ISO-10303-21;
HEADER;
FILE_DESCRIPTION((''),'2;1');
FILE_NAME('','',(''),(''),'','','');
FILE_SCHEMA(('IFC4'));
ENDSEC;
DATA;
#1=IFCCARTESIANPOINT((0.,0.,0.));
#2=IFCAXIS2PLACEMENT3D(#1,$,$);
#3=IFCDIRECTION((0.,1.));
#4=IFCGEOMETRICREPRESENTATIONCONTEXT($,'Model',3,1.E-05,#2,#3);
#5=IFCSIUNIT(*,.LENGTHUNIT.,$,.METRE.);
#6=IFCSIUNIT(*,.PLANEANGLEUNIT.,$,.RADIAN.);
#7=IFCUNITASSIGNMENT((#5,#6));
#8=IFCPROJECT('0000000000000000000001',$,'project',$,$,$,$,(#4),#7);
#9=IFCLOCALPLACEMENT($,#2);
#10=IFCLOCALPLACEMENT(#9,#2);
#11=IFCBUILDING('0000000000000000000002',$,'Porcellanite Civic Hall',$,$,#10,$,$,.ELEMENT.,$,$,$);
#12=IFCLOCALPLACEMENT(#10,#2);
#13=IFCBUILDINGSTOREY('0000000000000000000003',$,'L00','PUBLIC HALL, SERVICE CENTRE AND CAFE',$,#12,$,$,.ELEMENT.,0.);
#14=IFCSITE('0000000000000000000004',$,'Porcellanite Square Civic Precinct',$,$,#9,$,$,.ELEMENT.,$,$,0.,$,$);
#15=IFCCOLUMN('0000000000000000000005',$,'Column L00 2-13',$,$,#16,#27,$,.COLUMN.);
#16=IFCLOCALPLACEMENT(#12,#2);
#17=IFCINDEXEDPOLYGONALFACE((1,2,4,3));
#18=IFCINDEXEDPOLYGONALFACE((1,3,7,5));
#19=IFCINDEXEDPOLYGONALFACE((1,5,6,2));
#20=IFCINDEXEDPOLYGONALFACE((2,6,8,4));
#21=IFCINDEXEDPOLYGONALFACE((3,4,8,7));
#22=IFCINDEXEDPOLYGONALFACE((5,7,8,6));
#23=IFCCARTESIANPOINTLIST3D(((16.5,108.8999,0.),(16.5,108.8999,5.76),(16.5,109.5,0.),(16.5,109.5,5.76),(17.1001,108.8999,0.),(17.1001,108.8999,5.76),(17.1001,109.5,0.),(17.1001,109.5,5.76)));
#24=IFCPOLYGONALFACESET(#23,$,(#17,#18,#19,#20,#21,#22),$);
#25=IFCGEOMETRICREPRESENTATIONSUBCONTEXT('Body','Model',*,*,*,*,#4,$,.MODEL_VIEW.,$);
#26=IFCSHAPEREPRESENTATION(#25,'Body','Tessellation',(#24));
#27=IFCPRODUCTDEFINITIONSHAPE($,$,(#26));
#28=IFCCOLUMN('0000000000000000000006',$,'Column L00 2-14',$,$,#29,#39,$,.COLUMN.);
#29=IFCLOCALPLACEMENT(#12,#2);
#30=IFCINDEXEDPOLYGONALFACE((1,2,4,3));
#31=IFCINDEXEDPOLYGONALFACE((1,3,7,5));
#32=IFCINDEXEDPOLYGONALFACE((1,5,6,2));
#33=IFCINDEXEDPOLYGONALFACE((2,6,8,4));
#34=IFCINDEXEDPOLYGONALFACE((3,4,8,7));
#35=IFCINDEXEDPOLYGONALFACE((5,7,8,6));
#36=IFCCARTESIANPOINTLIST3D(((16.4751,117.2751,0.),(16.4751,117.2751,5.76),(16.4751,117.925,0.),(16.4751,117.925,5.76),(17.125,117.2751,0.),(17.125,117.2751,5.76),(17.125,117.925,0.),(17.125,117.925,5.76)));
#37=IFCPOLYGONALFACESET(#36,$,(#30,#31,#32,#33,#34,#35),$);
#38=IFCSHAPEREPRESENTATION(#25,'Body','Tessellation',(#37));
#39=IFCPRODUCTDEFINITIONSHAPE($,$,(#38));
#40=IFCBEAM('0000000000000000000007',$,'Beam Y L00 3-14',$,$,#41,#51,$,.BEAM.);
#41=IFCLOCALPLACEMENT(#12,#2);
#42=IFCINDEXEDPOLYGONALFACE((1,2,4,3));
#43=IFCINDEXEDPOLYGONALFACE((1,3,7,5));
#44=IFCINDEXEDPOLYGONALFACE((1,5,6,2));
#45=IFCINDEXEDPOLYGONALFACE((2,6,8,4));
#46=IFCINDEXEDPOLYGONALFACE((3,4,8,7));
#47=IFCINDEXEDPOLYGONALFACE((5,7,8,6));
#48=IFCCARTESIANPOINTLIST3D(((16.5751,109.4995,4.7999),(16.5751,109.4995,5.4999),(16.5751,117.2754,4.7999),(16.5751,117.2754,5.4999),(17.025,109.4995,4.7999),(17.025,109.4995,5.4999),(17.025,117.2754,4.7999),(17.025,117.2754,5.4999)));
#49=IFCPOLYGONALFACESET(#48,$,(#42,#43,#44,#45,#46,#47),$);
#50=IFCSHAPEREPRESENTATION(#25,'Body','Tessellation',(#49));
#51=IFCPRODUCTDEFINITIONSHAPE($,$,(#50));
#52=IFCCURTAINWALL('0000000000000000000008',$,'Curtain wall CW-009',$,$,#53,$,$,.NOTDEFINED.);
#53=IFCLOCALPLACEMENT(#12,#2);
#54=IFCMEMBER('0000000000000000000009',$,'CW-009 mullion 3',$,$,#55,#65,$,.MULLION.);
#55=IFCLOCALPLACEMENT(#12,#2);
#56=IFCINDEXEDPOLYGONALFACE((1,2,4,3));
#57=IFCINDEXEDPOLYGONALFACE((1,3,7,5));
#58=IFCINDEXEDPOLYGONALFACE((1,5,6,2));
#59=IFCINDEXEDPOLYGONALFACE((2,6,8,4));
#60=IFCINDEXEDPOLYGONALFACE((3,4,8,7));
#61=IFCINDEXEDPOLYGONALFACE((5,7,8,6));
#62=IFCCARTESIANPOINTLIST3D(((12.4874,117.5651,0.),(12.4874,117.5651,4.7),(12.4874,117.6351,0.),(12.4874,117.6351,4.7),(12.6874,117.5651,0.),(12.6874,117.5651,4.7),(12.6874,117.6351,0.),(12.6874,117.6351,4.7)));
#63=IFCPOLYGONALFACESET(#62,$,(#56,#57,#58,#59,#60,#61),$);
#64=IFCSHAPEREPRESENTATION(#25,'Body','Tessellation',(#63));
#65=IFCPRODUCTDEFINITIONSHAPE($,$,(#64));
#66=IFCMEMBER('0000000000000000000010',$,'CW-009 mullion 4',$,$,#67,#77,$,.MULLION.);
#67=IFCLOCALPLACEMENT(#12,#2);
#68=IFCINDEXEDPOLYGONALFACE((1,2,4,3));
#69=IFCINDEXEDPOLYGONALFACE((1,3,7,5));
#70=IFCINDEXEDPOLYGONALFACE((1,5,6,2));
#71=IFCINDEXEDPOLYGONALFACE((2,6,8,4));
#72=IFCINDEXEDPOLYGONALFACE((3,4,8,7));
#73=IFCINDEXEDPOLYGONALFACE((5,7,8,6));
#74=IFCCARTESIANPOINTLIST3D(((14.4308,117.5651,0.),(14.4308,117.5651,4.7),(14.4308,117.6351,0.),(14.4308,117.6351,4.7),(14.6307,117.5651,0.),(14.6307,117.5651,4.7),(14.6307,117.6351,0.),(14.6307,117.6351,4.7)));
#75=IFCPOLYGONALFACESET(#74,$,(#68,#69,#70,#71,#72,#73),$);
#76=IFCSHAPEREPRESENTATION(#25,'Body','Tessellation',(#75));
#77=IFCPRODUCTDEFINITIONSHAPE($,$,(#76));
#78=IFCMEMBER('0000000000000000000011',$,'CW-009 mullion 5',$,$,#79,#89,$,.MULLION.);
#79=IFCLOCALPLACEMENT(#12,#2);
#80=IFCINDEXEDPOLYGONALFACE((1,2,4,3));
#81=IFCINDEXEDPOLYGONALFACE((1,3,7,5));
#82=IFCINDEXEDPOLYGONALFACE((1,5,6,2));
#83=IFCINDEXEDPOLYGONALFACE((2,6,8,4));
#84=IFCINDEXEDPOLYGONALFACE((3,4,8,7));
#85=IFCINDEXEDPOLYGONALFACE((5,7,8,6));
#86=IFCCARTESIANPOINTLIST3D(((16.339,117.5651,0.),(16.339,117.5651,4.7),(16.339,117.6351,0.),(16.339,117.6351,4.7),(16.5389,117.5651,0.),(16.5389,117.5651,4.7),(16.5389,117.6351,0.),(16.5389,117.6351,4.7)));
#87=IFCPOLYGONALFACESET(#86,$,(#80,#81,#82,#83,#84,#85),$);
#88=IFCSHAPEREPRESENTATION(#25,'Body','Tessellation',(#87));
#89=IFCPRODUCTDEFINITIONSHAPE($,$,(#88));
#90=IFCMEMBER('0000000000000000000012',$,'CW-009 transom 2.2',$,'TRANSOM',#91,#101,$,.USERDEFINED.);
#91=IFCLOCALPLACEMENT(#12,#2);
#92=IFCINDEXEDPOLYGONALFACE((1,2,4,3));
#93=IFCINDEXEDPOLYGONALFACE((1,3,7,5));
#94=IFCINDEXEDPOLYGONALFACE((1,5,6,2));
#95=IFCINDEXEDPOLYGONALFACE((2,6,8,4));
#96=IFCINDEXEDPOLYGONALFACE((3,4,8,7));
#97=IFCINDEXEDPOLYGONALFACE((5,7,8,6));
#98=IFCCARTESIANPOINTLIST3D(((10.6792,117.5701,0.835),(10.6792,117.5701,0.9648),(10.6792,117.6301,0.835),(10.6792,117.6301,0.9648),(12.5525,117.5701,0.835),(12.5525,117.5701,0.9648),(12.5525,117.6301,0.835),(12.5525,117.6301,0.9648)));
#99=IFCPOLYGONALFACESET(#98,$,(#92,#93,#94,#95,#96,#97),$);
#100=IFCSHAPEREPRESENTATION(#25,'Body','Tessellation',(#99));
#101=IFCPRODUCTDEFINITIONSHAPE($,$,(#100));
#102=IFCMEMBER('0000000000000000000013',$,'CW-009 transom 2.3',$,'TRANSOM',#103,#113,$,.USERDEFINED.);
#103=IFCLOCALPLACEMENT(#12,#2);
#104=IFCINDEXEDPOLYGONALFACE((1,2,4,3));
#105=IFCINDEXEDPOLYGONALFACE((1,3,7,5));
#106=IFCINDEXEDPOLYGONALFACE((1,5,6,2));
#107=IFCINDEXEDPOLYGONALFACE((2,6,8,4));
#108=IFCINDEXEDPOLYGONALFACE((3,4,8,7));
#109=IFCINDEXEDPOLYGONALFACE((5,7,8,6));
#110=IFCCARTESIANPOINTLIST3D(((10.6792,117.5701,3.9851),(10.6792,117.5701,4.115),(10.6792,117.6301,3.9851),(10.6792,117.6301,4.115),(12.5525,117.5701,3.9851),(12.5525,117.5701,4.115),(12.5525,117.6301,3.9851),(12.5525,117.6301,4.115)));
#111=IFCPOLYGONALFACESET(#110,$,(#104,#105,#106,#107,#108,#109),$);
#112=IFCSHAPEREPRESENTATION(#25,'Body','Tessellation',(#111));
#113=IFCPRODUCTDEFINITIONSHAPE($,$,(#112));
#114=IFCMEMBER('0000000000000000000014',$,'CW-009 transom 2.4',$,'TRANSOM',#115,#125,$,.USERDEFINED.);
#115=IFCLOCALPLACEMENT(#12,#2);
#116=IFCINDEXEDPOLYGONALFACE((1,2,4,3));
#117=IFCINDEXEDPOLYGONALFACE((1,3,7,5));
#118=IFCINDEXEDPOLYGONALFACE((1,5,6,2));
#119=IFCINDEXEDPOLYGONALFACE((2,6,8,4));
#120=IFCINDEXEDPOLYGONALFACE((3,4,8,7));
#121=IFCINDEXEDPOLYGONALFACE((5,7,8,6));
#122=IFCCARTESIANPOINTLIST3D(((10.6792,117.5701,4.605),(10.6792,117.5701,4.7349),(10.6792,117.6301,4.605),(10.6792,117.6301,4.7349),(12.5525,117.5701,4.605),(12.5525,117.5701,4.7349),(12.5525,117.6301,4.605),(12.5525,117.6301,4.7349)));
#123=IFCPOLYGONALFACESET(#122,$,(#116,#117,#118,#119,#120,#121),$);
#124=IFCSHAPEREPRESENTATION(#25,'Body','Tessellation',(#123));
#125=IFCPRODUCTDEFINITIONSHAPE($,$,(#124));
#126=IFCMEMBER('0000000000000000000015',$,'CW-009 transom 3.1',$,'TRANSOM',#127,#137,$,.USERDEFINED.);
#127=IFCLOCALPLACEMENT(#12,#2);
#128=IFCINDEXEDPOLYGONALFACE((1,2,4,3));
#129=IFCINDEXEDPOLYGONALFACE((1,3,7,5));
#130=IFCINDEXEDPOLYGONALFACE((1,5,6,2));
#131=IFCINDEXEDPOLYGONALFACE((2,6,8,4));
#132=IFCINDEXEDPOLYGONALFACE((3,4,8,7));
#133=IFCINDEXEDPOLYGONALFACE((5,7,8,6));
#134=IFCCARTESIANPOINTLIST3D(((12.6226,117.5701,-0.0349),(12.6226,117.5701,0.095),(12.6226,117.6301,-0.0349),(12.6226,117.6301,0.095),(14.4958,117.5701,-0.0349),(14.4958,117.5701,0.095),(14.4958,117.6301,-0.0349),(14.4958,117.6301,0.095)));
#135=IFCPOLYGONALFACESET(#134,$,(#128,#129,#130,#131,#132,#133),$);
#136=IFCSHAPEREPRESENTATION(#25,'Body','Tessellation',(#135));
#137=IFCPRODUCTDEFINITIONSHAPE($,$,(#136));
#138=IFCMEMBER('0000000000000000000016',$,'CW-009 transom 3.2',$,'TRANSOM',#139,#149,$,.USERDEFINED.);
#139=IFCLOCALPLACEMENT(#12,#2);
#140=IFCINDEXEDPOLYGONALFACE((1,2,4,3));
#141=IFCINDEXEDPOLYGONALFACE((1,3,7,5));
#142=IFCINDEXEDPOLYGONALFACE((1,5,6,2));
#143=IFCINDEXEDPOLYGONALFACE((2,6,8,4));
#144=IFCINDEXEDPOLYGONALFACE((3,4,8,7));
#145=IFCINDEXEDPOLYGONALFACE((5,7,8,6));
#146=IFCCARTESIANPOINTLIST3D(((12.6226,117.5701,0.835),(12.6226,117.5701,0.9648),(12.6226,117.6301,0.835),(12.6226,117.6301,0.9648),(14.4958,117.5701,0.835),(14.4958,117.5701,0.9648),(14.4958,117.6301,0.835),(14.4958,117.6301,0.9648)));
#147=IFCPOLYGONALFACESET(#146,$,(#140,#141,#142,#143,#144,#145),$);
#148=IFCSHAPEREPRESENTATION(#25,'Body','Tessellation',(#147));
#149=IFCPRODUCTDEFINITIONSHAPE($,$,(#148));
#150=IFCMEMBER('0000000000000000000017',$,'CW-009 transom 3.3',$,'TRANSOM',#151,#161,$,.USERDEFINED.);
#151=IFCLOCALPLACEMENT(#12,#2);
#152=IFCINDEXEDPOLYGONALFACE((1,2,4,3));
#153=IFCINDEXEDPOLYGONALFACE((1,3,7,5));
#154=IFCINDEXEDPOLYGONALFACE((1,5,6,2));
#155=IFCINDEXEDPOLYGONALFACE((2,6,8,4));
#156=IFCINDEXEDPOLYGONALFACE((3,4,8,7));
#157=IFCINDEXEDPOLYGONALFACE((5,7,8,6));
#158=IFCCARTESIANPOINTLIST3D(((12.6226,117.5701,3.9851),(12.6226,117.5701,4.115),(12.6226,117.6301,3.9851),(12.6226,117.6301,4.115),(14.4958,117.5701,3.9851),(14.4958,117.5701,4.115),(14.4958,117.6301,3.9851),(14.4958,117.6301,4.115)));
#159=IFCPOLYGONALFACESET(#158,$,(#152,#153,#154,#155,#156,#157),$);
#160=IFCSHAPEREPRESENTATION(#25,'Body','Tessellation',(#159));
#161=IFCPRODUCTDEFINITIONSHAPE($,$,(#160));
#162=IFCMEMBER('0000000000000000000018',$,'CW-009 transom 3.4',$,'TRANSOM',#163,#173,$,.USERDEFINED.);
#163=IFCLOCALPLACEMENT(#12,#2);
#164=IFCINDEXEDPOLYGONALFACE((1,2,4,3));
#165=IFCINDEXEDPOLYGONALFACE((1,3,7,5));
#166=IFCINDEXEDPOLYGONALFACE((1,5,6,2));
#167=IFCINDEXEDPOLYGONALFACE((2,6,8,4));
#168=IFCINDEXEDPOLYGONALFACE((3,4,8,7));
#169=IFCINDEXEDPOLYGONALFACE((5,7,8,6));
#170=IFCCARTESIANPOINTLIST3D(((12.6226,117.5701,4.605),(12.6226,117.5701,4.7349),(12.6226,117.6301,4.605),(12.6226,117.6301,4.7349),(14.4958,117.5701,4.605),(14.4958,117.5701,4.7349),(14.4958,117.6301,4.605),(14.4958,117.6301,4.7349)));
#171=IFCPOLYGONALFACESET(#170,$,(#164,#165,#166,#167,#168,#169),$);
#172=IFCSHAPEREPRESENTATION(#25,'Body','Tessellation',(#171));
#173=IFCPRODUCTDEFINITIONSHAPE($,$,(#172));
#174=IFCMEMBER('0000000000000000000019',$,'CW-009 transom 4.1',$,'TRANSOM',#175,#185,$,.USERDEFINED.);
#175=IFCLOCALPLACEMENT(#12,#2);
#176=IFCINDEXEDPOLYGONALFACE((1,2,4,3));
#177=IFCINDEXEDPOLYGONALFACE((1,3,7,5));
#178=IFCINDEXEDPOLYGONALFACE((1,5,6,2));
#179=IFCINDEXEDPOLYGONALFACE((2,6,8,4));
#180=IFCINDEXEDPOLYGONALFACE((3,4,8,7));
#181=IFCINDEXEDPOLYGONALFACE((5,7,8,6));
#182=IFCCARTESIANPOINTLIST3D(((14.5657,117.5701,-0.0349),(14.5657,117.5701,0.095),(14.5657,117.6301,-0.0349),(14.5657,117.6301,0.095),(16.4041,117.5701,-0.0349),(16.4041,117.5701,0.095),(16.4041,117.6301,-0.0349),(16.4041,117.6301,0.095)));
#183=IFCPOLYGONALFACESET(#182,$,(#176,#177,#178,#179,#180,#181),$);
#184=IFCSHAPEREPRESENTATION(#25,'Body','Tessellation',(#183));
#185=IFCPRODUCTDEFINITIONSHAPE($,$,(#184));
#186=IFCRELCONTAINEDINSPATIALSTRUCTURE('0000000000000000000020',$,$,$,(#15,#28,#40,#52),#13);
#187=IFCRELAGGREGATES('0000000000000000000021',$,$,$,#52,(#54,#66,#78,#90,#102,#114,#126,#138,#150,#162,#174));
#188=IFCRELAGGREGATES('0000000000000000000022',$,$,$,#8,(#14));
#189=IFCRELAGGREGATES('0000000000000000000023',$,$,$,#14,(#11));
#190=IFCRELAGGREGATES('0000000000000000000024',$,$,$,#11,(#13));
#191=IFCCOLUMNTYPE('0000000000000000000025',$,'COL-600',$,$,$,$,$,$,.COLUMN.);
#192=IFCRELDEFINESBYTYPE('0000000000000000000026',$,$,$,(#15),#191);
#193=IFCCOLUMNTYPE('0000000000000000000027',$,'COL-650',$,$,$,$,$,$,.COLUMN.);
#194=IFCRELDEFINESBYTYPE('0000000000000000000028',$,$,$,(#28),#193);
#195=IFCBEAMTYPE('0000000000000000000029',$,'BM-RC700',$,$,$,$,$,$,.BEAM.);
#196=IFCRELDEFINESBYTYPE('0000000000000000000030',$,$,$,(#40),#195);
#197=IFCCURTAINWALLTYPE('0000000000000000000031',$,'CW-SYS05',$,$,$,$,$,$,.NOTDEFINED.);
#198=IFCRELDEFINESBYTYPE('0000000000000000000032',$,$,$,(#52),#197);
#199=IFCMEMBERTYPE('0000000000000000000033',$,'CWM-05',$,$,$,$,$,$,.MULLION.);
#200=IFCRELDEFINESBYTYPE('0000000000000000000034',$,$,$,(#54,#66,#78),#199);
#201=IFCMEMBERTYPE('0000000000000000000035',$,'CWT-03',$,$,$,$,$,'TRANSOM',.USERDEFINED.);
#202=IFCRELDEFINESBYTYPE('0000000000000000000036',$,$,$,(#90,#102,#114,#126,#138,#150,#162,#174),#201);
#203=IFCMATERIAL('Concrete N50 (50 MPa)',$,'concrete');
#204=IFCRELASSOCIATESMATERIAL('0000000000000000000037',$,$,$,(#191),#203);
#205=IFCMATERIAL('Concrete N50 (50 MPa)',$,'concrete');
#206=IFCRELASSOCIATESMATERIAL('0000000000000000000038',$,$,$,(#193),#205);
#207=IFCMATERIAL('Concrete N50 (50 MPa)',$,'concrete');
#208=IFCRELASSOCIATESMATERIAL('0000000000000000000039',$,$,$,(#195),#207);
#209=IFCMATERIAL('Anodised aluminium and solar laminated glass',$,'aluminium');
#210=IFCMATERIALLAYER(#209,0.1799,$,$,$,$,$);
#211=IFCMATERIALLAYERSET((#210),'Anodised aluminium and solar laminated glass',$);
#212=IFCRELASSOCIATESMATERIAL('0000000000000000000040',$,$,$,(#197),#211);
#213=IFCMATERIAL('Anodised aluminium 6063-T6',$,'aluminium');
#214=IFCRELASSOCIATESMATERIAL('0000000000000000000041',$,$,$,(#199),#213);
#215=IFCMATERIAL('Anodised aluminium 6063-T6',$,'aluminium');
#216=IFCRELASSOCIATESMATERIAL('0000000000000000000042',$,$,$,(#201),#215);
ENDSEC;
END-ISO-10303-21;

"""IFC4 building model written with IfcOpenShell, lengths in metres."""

from ifc_helpers import new_model, si_unit, direction, frame, origin, origin_2d, place, context, subcontext, project, spatial, rectangle, extrude, material, layer, layer_set, material_profile, profile_set, type_object, element, aggregate, save


model = new_model("IFC4")

# Units and contexts
model_context = context("Model", 3, precision=1e-05, world=origin(), true_north=direction((0.0, 1.0)))
body_context = subcontext(model_context, "Body", "Model", "MODEL_VIEW")
ifc_project = project(units=[si_unit("LENGTHUNIT", "METRE"), si_unit("PLANEANGLEUNIT", "RADIAN")], contexts=[model_context])

# Site, building, storey
site_placement = place(None, origin())
site = spatial("IfcSite", under=ifc_project, at=site_placement, Name="Porcellanite Square Civic Precinct", CompositionType="ELEMENT", RefElevation=0.0)
building_placement = place(site_placement, origin())
building = spatial("IfcBuilding", under=site, at=building_placement, Name="Porcellanite Civic Hall", CompositionType="ELEMENT")
storey_placement = place(building_placement, origin())
storey = spatial("IfcBuildingStorey", under=building, at=storey_placement, Name="L00", Description="PUBLIC HALL, SERVICE CENTRE AND CAFE", CompositionType="ELEMENT", Elevation=0.0)

# Columns
ifc_material_1 = material(Name="Concrete N50 (50 MPa)", Category="concrete")
ifc_material_profile_1 = material_profile(ifc_material_1, rectangle(XDim=0.6001, YDim=0.6001, at=origin_2d()), Name="RC-600x600")
ifc_profile_set_1 = profile_set([ifc_material_profile_1], Name="Concrete N50 (50 MPa)")
column_type_1 = type_object("IfcColumnType", Name="COL-600", PredefinedType="COLUMN", material=ifc_profile_set_1)
column_1_placement = place(storey_placement, frame((16.8, 109.2, 0.0), z_axis=(0.0, 0.0, 1.0), x_axis=(1.0, 0.0, 0.0)))
element("IfcColumn", 1, at=column_1_placement, inside=storey, type_object=column_type_1, Name="Column L00 2-13", PredefinedType="COLUMN", context=body_context, shape_type="SweptSolid", body=[
    extrude(rectangle(XDim=0.6001, YDim=0.6001, at=origin_2d()), origin(), (0.0, 0.0, 1.0), 5.76),
])
ifc_material_2 = material(Name="Concrete N50 (50 MPa)", Category="concrete")
ifc_material_profile_2 = material_profile(ifc_material_2, rectangle(XDim=0.6499, YDim=0.6499, at=origin_2d()), Name="RC-650x650")
ifc_profile_set_2 = profile_set([ifc_material_profile_2], Name="Concrete N50 (50 MPa)")
column_type_2 = type_object("IfcColumnType", Name="COL-650", PredefinedType="COLUMN", material=ifc_profile_set_2)
column_2_placement = place(storey_placement, frame((16.8, 117.6001, 0.0), z_axis=(0.0, 0.0, 1.0), x_axis=(1.0, 0.0, 0.0)))
element("IfcColumn", 2, at=column_2_placement, inside=storey, type_object=column_type_2, Name="Column L00 2-14", PredefinedType="COLUMN", context=body_context, shape_type="SweptSolid", body=[
    extrude(rectangle(XDim=0.6499, YDim=0.6499, at=origin_2d()), origin(), (0.0, 0.0, 1.0), 5.76),
])

# Beam
ifc_material_3 = material(Name="Concrete N50 (50 MPa)", Category="concrete")
ifc_material_profile_3 = material_profile(ifc_material_3, rectangle(XDim=0.45, YDim=0.7, at=origin_2d()), Name="RC-450x700")
ifc_profile_set_3 = profile_set([ifc_material_profile_3], Name="Concrete N50 (50 MPa)")
beam_type_1 = type_object("IfcBeamType", Name="BM-RC700", PredefinedType="BEAM", material=ifc_profile_set_3)
beam_1_placement = place(storey_placement, frame((16.8, 109.4995, 5.1499), z_axis=(0.0, 1.0, 0.0), x_axis=(-1.0, 0.0, 0.0)))
element("IfcBeam", 3, at=beam_1_placement, inside=storey, type_object=beam_type_1, Name="Beam Y L00 3-14", PredefinedType="BEAM", context=body_context, shape_type="SweptSolid", body=[
    extrude(rectangle(XDim=0.45, YDim=0.7, at=origin_2d()), origin(), (0.0, 0.0, 1.0), 7.7759),
])

# Curtain wall, members
ifc_material_4 = material(Name="Anodised aluminium and solar laminated glass", Category="aluminium")
ifc_layer_1 = layer(ifc_material_4, 0.1799)
ifc_layer_set_1 = layer_set([ifc_layer_1], Name="Anodised aluminium and solar laminated glass")
curtain_wall_type = type_object("IfcCurtainWallType", Name="CW-SYS05", PredefinedType="NOTDEFINED", material=ifc_layer_set_1)
curtain_wall_placement = place(storey_placement, origin())
curtain_wall = element("IfcCurtainWall", 4, at=curtain_wall_placement, inside=storey, type_object=curtain_wall_type, Name="Curtain wall CW-009", PredefinedType="NOTDEFINED")
ifc_material_5 = material(Name="Anodised aluminium 6063-T6", Category="aluminium")
ifc_material_profile_4 = material_profile(ifc_material_5, rectangle(XDim=0.0701, YDim=0.2, at=origin_2d()), Name="AL-70x200")
ifc_profile_set_4 = profile_set([ifc_material_profile_4], Name="Anodised aluminium 6063-T6")
member_type_1 = type_object("IfcMemberType", Name="CWM-05", PredefinedType="MULLION", material=ifc_profile_set_4)
member_1_placement = place(storey_placement, frame((12.5874, 117.6001, 0.0), z_axis=(0.0, 0.0, 1.0), x_axis=(0.0, 1.0, 0.0)))
member_1 = element("IfcMember", 5, at=member_1_placement, type_object=member_type_1, Name="CW-009 mullion 3", PredefinedType="MULLION", context=body_context, shape_type="SweptSolid", body=[
    extrude(rectangle(XDim=0.0701, YDim=0.2, at=origin_2d()), origin(), (0.0, 0.0, 1.0), 4.7),
])
member_2_placement = place(storey_placement, frame((14.5308, 117.6001, 0.0), z_axis=(0.0, 0.0, 1.0), x_axis=(0.0, 1.0, 0.0)))
member_2 = element("IfcMember", 6, at=member_2_placement, type_object=member_type_1, Name="CW-009 mullion 4", PredefinedType="MULLION", context=body_context, shape_type="SweptSolid", body=[
    extrude(rectangle(XDim=0.0701, YDim=0.2, at=origin_2d()), origin(), (0.0, 0.0, 1.0), 4.7),
])
member_3_placement = place(storey_placement, frame((16.439, 117.6001, 0.0), z_axis=(0.0, 0.0, 1.0), x_axis=(0.0, 1.0, 0.0)))
member_3 = element("IfcMember", 7, at=member_3_placement, type_object=member_type_1, Name="CW-009 mullion 5", PredefinedType="MULLION", context=body_context, shape_type="SweptSolid", body=[
    extrude(rectangle(XDim=0.0701, YDim=0.2, at=origin_2d()), origin(), (0.0, 0.0, 1.0), 4.7),
])
ifc_material_6 = material(Name="Anodised aluminium 6063-T6", Category="aluminium")
ifc_material_profile_5 = material_profile(ifc_material_6, rectangle(XDim=0.0601, YDim=0.1299, at=origin_2d()), Name="AL-60x130")
ifc_profile_set_5 = profile_set([ifc_material_profile_5], Name="Anodised aluminium 6063-T6")
member_type_2 = type_object("IfcMemberType", Name="CWT-03", ElementType="TRANSOM", PredefinedType="USERDEFINED", material=ifc_profile_set_5)
member_4_placement = place(storey_placement, frame((10.6792, 117.6001, 0.8999), z_axis=(1.0, 0.0, 0.0), x_axis=(0.0, 1.0, 0.0)))
member_4 = element("IfcMember", 8, at=member_4_placement, type_object=member_type_2, Name="CW-009 transom 2.2", ObjectType="TRANSOM", PredefinedType="USERDEFINED", context=body_context, shape_type="SweptSolid", body=[
    extrude(rectangle(XDim=0.0601, YDim=0.1299, at=origin_2d()), origin(), (0.0, 0.0, 1.0), 1.8733),
])
member_5_placement = place(storey_placement, frame((10.6792, 117.6001, 4.05), z_axis=(1.0, 0.0, 0.0), x_axis=(0.0, 1.0, 0.0)))
member_5 = element("IfcMember", 9, at=member_5_placement, type_object=member_type_2, Name="CW-009 transom 2.3", ObjectType="TRANSOM", PredefinedType="USERDEFINED", context=body_context, shape_type="SweptSolid", body=[
    extrude(rectangle(XDim=0.0601, YDim=0.1299, at=origin_2d()), origin(), (0.0, 0.0, 1.0), 1.8733),
])
member_6_placement = place(storey_placement, frame((10.6792, 117.6001, 4.6699), z_axis=(1.0, 0.0, 0.0), x_axis=(0.0, 1.0, 0.0)))
member_6 = element("IfcMember", 10, at=member_6_placement, type_object=member_type_2, Name="CW-009 transom 2.4", ObjectType="TRANSOM", PredefinedType="USERDEFINED", context=body_context, shape_type="SweptSolid", body=[
    extrude(rectangle(XDim=0.0601, YDim=0.1299, at=origin_2d()), origin(), (0.0, 0.0, 1.0), 1.8733),
])
member_7_placement = place(storey_placement, frame((12.6226, 117.6001, 0.03), z_axis=(1.0, 0.0, 0.0), x_axis=(0.0, 1.0, 0.0)))
member_7 = element("IfcMember", 11, at=member_7_placement, type_object=member_type_2, Name="CW-009 transom 3.1", ObjectType="TRANSOM", PredefinedType="USERDEFINED", context=body_context, shape_type="SweptSolid", body=[
    extrude(rectangle(XDim=0.0601, YDim=0.1299, at=origin_2d()), origin(), (0.0, 0.0, 1.0), 1.8733),
])
member_8_placement = place(storey_placement, frame((12.6226, 117.6001, 0.8999), z_axis=(1.0, 0.0, 0.0), x_axis=(0.0, 1.0, 0.0)))
member_8 = element("IfcMember", 12, at=member_8_placement, type_object=member_type_2, Name="CW-009 transom 3.2", ObjectType="TRANSOM", PredefinedType="USERDEFINED", context=body_context, shape_type="SweptSolid", body=[
    extrude(rectangle(XDim=0.0601, YDim=0.1299, at=origin_2d()), origin(), (0.0, 0.0, 1.0), 1.8733),
])
member_9_placement = place(storey_placement, frame((12.6226, 117.6001, 4.05), z_axis=(1.0, 0.0, 0.0), x_axis=(0.0, 1.0, 0.0)))
member_9 = element("IfcMember", 13, at=member_9_placement, type_object=member_type_2, Name="CW-009 transom 3.3", ObjectType="TRANSOM", PredefinedType="USERDEFINED", context=body_context, shape_type="SweptSolid", body=[
    extrude(rectangle(XDim=0.0601, YDim=0.1299, at=origin_2d()), origin(), (0.0, 0.0, 1.0), 1.8733),
])
member_10_placement = place(storey_placement, frame((12.6226, 117.6001, 4.6699), z_axis=(1.0, 0.0, 0.0), x_axis=(0.0, 1.0, 0.0)))
member_10 = element("IfcMember", 14, at=member_10_placement, type_object=member_type_2, Name="CW-009 transom 3.4", ObjectType="TRANSOM", PredefinedType="USERDEFINED", context=body_context, shape_type="SweptSolid", body=[
    extrude(rectangle(XDim=0.0601, YDim=0.1299, at=origin_2d()), origin(), (0.0, 0.0, 1.0), 1.8733),
])
member_11_placement = place(storey_placement, frame((14.5657, 117.6001, 0.03), z_axis=(1.0, 0.0, 0.0), x_axis=(0.0, 1.0, 0.0)))
member_11 = element("IfcMember", 15, at=member_11_placement, type_object=member_type_2, Name="CW-009 transom 4.1", ObjectType="TRANSOM", PredefinedType="USERDEFINED", context=body_context, shape_type="SweptSolid", body=[
    extrude(rectangle(XDim=0.0601, YDim=0.1299, at=origin_2d()), origin(), (0.0, 0.0, 1.0), 1.8384),
])

aggregate(curtain_wall, [member_1, member_2, member_3, member_4, member_5, member_6, member_7, member_8, member_9, member_10, member_11])

save(model, "model.ifc")
